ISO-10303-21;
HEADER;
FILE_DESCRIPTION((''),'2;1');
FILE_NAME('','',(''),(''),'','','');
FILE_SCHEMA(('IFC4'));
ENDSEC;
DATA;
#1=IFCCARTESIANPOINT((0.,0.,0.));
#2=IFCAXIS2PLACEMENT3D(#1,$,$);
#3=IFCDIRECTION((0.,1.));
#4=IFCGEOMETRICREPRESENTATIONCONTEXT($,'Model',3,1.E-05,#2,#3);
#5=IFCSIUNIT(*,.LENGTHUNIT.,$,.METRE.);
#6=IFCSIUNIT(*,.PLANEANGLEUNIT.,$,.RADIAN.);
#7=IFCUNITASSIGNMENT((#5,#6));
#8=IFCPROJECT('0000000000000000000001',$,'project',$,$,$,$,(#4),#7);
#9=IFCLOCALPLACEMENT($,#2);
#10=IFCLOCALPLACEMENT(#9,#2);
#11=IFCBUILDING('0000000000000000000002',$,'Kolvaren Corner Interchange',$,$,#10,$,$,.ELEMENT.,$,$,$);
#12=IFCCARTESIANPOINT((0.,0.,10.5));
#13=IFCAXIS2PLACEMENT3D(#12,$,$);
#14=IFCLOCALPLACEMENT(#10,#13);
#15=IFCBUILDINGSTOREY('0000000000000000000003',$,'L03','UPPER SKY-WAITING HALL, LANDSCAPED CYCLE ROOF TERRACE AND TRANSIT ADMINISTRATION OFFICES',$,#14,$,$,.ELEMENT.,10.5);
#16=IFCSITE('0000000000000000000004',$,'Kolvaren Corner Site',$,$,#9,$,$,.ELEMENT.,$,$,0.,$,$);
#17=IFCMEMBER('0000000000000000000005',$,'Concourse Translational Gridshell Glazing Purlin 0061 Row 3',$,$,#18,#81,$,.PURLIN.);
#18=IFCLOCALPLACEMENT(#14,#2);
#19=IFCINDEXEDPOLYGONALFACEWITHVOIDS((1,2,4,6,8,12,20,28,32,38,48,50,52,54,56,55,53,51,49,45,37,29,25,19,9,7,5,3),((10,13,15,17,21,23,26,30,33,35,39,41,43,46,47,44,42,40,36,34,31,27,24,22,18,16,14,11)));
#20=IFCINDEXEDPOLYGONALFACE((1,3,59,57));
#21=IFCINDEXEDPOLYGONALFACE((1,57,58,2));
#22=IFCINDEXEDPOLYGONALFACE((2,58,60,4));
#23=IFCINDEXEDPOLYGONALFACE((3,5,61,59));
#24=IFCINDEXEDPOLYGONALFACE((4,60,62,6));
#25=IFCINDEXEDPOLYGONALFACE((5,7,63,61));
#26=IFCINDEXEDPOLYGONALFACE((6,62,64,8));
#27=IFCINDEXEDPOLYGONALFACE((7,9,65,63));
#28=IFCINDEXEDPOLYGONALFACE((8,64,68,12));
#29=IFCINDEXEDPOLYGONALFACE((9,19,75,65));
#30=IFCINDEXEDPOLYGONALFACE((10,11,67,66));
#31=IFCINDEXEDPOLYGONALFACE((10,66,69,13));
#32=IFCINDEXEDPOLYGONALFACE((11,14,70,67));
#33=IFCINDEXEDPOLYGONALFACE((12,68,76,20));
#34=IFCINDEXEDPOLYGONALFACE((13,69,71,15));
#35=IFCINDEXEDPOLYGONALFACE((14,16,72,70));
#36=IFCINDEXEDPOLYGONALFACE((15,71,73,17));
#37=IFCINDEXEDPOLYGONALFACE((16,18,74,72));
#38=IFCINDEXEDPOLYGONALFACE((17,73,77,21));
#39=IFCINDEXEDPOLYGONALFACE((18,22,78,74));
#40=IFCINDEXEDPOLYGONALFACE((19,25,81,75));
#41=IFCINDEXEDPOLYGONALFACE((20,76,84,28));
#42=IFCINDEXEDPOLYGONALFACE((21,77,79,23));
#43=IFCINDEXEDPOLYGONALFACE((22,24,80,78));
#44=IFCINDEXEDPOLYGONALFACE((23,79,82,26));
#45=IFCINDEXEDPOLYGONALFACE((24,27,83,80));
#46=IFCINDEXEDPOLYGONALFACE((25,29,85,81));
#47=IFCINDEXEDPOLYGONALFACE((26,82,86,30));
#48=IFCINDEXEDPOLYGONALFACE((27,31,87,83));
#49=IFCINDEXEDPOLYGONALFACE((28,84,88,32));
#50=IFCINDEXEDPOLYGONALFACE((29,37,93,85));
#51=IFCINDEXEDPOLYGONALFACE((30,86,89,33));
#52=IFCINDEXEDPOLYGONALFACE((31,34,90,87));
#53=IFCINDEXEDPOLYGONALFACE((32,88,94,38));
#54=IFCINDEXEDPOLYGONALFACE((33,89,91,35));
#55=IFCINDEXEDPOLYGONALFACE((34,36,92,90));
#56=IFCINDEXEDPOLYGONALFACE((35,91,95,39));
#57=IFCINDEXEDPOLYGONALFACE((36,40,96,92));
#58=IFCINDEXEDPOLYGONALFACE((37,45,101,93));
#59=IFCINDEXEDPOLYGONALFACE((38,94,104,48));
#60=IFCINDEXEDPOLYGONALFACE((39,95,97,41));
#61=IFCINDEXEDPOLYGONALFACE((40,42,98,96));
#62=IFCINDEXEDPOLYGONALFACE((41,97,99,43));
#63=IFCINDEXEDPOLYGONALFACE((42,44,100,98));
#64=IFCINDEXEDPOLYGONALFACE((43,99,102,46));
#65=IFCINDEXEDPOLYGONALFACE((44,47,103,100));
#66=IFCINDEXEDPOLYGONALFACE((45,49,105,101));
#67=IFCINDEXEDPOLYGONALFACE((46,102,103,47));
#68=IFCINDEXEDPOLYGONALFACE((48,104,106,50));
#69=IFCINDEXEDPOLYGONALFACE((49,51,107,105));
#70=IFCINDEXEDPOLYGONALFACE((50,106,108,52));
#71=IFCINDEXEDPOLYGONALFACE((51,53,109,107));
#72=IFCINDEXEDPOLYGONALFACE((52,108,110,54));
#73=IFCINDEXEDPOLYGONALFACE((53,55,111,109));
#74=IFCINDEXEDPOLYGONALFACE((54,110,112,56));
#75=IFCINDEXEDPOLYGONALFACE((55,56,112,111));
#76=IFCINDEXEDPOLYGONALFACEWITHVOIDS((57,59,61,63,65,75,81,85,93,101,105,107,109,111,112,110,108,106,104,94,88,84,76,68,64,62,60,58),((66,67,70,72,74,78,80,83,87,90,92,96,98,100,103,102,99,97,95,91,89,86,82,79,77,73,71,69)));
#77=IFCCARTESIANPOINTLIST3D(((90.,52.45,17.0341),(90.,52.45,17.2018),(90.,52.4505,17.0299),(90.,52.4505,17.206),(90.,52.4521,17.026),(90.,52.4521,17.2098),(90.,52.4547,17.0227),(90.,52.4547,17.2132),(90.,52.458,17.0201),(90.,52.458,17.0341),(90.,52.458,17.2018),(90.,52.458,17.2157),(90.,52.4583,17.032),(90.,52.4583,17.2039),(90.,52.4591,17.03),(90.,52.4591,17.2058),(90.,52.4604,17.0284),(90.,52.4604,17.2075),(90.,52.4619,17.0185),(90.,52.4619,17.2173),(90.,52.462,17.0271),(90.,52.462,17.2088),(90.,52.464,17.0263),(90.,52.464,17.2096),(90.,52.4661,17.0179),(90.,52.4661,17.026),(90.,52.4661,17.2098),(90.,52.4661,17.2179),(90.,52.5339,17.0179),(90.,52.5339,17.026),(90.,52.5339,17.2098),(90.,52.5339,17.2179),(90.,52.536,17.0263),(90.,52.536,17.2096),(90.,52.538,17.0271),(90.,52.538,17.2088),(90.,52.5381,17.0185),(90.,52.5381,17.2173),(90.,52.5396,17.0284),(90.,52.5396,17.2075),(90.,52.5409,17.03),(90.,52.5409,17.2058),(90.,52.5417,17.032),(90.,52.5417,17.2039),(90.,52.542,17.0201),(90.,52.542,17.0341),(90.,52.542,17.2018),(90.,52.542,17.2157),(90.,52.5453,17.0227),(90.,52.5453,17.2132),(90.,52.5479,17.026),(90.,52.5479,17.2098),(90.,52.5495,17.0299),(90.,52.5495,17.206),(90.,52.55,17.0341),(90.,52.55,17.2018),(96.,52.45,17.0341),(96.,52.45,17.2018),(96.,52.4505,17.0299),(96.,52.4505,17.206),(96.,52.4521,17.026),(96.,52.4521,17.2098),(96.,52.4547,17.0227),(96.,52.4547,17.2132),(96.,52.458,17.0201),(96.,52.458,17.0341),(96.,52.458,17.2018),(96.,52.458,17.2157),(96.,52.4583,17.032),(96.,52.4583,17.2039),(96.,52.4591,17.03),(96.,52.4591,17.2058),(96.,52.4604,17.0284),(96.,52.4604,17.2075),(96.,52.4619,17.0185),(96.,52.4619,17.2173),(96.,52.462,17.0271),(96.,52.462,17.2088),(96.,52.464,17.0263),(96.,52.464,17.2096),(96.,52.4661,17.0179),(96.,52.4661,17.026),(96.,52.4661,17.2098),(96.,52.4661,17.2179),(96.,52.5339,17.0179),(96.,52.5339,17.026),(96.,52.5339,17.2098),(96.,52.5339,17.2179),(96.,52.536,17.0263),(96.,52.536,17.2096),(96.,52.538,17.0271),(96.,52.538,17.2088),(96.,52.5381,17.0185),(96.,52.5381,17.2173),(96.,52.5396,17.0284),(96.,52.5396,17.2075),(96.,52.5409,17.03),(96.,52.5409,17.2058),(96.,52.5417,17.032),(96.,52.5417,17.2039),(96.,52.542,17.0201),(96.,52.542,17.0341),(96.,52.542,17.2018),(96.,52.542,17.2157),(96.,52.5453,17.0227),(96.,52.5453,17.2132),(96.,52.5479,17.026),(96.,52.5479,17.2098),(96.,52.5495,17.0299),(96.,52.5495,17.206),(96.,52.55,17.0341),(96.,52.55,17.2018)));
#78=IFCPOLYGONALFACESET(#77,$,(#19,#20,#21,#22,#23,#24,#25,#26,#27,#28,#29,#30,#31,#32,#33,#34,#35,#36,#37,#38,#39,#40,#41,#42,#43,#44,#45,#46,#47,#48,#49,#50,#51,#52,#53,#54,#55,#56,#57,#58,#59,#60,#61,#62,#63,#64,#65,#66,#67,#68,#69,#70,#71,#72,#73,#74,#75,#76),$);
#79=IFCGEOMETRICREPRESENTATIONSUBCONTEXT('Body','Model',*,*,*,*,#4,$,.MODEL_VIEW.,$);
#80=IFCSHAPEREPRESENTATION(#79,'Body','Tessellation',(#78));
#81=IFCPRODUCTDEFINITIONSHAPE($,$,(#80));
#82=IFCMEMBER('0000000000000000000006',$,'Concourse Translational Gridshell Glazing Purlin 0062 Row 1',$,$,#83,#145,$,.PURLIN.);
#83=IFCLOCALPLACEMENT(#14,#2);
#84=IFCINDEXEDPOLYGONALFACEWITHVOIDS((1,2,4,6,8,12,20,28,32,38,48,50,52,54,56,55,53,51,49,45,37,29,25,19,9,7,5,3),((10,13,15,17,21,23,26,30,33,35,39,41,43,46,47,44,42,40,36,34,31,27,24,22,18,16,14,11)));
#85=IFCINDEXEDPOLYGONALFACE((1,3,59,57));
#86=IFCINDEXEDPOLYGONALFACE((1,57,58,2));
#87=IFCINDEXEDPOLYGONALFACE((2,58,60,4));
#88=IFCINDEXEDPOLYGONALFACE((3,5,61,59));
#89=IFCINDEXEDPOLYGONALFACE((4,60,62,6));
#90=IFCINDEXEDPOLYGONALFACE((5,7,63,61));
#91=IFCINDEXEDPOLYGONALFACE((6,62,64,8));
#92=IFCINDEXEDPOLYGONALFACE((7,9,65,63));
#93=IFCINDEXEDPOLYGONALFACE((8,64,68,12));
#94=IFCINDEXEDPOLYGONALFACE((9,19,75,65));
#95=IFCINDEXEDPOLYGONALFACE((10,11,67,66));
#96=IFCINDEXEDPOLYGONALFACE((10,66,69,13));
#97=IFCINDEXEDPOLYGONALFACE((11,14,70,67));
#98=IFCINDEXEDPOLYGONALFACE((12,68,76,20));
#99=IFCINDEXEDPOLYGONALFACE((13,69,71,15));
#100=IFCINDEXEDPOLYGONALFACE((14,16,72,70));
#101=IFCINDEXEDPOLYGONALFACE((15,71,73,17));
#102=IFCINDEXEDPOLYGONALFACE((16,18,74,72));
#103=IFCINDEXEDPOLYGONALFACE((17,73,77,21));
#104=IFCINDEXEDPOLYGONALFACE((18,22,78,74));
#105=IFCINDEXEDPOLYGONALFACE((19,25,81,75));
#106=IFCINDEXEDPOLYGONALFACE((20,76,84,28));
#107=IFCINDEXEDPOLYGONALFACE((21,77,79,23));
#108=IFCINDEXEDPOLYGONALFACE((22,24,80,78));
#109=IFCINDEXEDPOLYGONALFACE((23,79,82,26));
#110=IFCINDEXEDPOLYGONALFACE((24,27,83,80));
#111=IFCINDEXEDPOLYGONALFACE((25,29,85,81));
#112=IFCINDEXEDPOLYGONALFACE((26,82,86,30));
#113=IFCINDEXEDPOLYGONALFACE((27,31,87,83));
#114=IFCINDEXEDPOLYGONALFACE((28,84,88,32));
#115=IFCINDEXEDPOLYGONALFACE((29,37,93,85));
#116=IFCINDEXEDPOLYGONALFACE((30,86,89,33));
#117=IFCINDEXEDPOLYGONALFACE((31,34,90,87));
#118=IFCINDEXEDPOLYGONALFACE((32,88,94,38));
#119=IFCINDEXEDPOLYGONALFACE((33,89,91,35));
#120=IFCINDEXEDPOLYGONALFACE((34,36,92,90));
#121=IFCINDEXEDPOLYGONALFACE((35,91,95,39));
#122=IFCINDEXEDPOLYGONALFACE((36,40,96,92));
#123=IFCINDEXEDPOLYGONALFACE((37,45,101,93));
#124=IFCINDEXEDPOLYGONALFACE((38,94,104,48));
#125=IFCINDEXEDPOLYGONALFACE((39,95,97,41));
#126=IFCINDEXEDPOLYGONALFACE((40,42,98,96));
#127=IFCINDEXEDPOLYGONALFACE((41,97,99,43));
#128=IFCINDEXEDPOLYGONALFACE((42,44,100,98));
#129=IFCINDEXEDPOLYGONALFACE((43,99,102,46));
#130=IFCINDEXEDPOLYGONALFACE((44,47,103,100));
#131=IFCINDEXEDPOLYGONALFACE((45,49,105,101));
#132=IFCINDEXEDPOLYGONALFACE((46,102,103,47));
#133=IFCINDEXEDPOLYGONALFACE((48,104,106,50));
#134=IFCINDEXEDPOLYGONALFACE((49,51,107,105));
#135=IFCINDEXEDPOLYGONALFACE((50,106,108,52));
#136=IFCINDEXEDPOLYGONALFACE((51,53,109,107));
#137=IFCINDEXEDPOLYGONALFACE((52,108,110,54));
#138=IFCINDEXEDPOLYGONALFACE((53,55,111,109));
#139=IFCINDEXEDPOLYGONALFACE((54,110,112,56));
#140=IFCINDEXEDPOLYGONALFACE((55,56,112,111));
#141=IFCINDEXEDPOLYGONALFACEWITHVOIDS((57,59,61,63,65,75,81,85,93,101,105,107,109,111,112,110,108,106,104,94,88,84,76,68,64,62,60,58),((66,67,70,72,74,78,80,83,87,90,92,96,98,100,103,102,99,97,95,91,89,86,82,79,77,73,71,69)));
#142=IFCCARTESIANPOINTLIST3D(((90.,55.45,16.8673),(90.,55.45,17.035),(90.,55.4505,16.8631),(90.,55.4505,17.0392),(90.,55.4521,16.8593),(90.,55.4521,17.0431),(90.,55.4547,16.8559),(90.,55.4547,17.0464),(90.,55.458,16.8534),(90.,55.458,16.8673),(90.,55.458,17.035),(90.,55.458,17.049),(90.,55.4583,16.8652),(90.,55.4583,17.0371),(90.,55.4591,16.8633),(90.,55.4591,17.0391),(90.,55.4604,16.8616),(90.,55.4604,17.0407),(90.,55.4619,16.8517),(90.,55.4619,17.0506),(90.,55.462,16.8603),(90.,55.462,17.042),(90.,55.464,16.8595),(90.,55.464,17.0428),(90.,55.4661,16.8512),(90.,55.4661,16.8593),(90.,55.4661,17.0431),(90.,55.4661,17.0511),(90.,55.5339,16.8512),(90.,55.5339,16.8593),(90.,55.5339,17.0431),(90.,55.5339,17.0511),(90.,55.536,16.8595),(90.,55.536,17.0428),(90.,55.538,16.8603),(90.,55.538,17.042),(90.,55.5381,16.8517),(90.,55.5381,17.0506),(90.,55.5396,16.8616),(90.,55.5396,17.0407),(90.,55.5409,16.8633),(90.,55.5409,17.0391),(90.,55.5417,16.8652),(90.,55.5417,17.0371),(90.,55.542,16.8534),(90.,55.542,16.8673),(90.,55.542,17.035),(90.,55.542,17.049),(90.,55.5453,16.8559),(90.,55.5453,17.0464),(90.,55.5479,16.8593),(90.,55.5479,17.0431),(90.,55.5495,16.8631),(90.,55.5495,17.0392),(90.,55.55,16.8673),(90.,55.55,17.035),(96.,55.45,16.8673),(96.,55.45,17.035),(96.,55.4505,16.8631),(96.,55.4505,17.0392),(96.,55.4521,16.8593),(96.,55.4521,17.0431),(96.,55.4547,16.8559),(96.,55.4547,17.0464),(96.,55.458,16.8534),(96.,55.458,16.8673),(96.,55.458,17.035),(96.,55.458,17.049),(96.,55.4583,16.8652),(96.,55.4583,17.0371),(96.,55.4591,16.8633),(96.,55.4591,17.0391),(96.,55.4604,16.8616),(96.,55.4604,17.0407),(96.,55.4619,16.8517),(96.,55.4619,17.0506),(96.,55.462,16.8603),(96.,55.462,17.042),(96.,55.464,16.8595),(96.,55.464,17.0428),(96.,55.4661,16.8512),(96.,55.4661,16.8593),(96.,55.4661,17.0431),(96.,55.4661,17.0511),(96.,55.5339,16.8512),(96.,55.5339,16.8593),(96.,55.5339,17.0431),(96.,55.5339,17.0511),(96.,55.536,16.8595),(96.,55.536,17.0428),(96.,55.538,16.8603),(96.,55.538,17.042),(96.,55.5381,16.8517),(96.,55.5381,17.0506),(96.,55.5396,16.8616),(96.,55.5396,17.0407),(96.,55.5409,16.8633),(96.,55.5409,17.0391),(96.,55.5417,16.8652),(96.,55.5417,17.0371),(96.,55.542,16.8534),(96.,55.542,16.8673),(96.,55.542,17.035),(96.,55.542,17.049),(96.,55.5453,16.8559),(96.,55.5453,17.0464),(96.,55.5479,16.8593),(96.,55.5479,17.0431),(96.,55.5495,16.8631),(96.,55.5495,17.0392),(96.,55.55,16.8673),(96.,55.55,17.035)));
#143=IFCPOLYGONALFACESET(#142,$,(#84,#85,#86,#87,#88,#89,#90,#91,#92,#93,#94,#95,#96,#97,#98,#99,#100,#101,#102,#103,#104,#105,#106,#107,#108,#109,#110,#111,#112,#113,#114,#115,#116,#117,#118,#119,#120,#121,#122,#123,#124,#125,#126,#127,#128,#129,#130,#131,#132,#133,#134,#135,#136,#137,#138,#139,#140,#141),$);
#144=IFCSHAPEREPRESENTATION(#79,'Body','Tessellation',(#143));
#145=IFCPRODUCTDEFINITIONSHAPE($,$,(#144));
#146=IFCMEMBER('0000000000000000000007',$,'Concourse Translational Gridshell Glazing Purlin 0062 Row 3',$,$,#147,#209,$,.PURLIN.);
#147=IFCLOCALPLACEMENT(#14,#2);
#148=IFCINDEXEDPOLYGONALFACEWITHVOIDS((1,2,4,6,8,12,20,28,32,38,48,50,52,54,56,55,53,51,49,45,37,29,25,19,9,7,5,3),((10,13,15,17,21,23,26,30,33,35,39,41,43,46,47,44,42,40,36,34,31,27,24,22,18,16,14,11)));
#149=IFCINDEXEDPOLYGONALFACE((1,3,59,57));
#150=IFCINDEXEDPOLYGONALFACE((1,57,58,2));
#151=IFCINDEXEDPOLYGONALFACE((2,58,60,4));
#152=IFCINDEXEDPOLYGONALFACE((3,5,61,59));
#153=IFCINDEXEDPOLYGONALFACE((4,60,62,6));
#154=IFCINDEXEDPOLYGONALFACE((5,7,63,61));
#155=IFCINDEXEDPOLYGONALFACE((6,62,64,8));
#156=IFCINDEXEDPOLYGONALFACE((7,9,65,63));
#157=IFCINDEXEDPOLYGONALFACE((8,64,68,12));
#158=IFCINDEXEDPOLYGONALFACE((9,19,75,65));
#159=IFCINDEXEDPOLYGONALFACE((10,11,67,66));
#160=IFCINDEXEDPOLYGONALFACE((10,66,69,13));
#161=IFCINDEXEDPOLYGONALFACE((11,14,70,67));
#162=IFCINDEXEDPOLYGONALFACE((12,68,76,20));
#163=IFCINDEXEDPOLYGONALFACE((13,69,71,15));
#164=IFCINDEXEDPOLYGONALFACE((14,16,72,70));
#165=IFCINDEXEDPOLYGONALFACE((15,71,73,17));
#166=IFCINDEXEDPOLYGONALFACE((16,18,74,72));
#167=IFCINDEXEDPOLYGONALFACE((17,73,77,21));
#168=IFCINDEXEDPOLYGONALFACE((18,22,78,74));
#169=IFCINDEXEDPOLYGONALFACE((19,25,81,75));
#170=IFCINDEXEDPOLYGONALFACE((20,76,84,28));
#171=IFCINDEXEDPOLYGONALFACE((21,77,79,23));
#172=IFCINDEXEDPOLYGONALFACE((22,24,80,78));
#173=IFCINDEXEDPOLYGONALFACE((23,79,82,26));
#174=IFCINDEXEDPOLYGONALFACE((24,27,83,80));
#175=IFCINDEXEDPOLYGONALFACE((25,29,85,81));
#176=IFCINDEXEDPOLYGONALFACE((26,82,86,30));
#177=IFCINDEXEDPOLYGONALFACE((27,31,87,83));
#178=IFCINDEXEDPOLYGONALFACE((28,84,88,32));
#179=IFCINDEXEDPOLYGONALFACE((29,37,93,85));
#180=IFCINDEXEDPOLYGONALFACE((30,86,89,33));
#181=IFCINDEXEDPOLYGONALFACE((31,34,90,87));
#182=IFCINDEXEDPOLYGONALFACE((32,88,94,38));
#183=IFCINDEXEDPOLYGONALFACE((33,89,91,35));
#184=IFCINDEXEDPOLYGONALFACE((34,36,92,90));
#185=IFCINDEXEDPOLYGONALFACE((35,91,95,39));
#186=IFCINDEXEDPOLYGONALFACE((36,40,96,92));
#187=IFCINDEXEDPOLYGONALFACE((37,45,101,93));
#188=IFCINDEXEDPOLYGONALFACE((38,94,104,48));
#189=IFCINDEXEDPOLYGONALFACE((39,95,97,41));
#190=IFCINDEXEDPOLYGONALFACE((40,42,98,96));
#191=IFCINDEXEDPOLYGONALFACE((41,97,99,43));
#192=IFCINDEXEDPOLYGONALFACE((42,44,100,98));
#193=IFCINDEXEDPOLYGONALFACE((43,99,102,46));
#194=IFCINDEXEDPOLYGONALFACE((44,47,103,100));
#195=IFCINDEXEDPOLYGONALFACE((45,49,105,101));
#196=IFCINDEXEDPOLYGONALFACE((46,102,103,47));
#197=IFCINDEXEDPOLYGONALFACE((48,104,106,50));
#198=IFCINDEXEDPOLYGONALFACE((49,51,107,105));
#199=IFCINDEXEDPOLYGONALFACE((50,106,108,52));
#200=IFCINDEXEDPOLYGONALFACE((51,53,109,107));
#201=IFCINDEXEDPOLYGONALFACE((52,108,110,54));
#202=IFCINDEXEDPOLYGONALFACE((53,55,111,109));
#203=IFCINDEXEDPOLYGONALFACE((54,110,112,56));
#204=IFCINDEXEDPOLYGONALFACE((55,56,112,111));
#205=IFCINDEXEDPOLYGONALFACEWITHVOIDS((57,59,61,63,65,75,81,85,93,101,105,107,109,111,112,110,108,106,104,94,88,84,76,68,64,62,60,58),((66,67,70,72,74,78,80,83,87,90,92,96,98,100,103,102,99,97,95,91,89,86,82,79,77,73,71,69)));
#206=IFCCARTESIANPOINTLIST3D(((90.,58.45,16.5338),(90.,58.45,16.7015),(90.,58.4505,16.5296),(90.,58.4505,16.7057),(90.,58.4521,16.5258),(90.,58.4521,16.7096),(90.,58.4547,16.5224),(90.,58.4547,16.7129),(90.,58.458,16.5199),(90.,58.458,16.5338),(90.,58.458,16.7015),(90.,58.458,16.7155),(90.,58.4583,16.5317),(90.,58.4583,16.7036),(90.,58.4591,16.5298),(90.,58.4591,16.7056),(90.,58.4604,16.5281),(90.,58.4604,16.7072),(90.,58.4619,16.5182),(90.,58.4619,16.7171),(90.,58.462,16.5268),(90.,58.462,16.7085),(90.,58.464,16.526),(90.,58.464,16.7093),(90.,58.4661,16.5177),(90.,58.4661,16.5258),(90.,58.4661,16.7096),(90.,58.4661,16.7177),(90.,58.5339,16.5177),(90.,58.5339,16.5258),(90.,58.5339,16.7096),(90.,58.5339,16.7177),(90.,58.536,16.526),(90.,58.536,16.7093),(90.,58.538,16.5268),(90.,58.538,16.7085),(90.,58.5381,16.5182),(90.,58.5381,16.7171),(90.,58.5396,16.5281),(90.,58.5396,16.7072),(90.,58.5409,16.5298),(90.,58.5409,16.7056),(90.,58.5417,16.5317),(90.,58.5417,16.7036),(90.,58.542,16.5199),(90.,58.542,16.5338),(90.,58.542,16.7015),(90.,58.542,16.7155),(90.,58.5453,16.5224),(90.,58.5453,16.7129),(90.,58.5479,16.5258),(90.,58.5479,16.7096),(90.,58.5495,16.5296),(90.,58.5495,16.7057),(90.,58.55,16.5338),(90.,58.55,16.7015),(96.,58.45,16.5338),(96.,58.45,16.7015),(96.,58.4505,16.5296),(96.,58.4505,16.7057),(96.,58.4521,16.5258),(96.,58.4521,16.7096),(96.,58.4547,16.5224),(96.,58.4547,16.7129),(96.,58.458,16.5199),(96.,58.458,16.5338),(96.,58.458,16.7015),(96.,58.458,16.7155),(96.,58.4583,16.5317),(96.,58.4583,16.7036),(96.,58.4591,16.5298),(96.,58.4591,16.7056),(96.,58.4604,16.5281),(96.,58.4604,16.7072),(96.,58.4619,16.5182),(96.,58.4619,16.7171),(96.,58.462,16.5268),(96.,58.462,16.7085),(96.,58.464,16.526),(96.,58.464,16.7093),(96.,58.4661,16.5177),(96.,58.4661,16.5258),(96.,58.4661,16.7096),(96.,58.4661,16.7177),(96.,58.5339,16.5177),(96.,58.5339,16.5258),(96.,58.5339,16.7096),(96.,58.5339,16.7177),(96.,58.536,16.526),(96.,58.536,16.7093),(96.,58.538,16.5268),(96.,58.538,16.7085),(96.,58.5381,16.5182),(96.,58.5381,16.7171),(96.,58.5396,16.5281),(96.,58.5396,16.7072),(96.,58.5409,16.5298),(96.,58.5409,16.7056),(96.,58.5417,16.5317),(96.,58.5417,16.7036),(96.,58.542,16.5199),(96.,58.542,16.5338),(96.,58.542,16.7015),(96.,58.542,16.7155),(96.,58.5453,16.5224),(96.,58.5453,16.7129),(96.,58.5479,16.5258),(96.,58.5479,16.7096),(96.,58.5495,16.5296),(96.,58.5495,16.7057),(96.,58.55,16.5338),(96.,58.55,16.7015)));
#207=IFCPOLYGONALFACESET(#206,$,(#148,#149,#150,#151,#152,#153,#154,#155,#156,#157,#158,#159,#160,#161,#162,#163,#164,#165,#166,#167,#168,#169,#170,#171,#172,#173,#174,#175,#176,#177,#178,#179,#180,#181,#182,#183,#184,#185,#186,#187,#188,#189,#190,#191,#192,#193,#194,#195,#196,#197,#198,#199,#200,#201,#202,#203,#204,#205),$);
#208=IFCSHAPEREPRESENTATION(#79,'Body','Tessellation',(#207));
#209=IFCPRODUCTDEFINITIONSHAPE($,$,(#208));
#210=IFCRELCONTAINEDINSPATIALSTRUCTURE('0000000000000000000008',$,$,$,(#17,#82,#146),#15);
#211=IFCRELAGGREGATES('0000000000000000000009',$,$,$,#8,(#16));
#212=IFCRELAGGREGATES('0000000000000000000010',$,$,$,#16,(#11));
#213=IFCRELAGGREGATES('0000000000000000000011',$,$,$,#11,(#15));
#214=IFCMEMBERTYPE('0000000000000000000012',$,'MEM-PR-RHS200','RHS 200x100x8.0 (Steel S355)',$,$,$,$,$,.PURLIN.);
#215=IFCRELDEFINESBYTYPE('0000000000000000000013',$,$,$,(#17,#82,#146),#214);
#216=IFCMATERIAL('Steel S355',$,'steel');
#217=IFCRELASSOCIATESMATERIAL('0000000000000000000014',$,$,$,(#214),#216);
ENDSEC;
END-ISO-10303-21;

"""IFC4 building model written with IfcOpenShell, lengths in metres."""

from ifc_helpers import new_model, si_unit, direction, frame, origin, origin_2d, place, context, subcontext, project, spatial, hollow_rectangle, extrude, material, material_profile, profile_set, type_object, element, save


model = new_model("IFC4")

# Units and contexts
model_context = context("Model", 3, precision=1e-05, world=origin(), true_north=direction((0.0, 1.0)))
body_context = subcontext(model_context, "Body", "Model", "MODEL_VIEW")
ifc_project = project(units=[si_unit("LENGTHUNIT", "METRE"), si_unit("PLANEANGLEUNIT", "RADIAN")], contexts=[model_context])

# Site, building, storey
site_placement = place(None, origin())
site = spatial("IfcSite", under=ifc_project, at=site_placement, Name="Kolvaren Corner Site", CompositionType="ELEMENT", RefElevation=0.0)
building_placement = place(site_placement, origin())
building = spatial("IfcBuilding", under=site, at=building_placement, Name="Kolvaren Corner Interchange", CompositionType="ELEMENT")
storey_placement = place(building_placement, frame((0.0, 0.0, 10.5)))
storey = spatial("IfcBuildingStorey", under=building, at=storey_placement, Name="L03", Description="UPPER SKY-WAITING HALL, LANDSCAPED CYCLE ROOF TERRACE AND TRANSIT ADMINISTRATION OFFICES", CompositionType="ELEMENT", Elevation=10.5)

# Members
ifc_material_1 = material(Name="Steel S355", Category="steel")
ifc_material_profile_1 = material_profile(ifc_material_1, hollow_rectangle(XDim=0.1001, YDim=0.2, WallThickness=0.0081, InnerFilletRadius=0.0081, OuterFilletRadius=0.0161, at=origin_2d()), Name="RHS 200x100x8.0")
ifc_profile_set_1 = profile_set([ifc_material_profile_1], Name="Steel S355")
member_type_1 = type_object("IfcMemberType", Name="MEM-PR-RHS200", Description="RHS 200x100x8.0 (Steel S355)", PredefinedType="PURLIN", material=ifc_profile_set_1)
for number, where, z_axis, x_axis, name in (
    (1, (90.0, 52.5, 17.1179), (1.0, 0.0, 0.0), (0.0, 1.0, 0.0), "Concourse Translational Gridshell Glazing Purlin 0061 Row 3"),
    (2, (90.0, 55.5, 16.9512), (1.0, 0.0, 0.0), (0.0, 1.0, 0.0), "Concourse Translational Gridshell Glazing Purlin 0062 Row 1"),
    (3, (90.0, 58.5, 16.6177), (1.0, 0.0, 0.0), (0.0, 1.0, 0.0), "Concourse Translational Gridshell Glazing Purlin 0062 Row 3"),
):
    element("IfcMember", number, at=place(storey_placement, frame(where, z_axis=z_axis, x_axis=x_axis)), inside=storey, type_object=member_type_1, Name=name, PredefinedType="PURLIN", context=body_context, shape_type="SweptSolid", body=[
        extrude(hollow_rectangle(XDim=0.1001, YDim=0.2, WallThickness=0.0081, InnerFilletRadius=0.0081, OuterFilletRadius=0.0161, at=origin_2d()), origin(), (0.0, 0.0, 1.0), 6.0),
    ])

save(model, "model.ifc")
